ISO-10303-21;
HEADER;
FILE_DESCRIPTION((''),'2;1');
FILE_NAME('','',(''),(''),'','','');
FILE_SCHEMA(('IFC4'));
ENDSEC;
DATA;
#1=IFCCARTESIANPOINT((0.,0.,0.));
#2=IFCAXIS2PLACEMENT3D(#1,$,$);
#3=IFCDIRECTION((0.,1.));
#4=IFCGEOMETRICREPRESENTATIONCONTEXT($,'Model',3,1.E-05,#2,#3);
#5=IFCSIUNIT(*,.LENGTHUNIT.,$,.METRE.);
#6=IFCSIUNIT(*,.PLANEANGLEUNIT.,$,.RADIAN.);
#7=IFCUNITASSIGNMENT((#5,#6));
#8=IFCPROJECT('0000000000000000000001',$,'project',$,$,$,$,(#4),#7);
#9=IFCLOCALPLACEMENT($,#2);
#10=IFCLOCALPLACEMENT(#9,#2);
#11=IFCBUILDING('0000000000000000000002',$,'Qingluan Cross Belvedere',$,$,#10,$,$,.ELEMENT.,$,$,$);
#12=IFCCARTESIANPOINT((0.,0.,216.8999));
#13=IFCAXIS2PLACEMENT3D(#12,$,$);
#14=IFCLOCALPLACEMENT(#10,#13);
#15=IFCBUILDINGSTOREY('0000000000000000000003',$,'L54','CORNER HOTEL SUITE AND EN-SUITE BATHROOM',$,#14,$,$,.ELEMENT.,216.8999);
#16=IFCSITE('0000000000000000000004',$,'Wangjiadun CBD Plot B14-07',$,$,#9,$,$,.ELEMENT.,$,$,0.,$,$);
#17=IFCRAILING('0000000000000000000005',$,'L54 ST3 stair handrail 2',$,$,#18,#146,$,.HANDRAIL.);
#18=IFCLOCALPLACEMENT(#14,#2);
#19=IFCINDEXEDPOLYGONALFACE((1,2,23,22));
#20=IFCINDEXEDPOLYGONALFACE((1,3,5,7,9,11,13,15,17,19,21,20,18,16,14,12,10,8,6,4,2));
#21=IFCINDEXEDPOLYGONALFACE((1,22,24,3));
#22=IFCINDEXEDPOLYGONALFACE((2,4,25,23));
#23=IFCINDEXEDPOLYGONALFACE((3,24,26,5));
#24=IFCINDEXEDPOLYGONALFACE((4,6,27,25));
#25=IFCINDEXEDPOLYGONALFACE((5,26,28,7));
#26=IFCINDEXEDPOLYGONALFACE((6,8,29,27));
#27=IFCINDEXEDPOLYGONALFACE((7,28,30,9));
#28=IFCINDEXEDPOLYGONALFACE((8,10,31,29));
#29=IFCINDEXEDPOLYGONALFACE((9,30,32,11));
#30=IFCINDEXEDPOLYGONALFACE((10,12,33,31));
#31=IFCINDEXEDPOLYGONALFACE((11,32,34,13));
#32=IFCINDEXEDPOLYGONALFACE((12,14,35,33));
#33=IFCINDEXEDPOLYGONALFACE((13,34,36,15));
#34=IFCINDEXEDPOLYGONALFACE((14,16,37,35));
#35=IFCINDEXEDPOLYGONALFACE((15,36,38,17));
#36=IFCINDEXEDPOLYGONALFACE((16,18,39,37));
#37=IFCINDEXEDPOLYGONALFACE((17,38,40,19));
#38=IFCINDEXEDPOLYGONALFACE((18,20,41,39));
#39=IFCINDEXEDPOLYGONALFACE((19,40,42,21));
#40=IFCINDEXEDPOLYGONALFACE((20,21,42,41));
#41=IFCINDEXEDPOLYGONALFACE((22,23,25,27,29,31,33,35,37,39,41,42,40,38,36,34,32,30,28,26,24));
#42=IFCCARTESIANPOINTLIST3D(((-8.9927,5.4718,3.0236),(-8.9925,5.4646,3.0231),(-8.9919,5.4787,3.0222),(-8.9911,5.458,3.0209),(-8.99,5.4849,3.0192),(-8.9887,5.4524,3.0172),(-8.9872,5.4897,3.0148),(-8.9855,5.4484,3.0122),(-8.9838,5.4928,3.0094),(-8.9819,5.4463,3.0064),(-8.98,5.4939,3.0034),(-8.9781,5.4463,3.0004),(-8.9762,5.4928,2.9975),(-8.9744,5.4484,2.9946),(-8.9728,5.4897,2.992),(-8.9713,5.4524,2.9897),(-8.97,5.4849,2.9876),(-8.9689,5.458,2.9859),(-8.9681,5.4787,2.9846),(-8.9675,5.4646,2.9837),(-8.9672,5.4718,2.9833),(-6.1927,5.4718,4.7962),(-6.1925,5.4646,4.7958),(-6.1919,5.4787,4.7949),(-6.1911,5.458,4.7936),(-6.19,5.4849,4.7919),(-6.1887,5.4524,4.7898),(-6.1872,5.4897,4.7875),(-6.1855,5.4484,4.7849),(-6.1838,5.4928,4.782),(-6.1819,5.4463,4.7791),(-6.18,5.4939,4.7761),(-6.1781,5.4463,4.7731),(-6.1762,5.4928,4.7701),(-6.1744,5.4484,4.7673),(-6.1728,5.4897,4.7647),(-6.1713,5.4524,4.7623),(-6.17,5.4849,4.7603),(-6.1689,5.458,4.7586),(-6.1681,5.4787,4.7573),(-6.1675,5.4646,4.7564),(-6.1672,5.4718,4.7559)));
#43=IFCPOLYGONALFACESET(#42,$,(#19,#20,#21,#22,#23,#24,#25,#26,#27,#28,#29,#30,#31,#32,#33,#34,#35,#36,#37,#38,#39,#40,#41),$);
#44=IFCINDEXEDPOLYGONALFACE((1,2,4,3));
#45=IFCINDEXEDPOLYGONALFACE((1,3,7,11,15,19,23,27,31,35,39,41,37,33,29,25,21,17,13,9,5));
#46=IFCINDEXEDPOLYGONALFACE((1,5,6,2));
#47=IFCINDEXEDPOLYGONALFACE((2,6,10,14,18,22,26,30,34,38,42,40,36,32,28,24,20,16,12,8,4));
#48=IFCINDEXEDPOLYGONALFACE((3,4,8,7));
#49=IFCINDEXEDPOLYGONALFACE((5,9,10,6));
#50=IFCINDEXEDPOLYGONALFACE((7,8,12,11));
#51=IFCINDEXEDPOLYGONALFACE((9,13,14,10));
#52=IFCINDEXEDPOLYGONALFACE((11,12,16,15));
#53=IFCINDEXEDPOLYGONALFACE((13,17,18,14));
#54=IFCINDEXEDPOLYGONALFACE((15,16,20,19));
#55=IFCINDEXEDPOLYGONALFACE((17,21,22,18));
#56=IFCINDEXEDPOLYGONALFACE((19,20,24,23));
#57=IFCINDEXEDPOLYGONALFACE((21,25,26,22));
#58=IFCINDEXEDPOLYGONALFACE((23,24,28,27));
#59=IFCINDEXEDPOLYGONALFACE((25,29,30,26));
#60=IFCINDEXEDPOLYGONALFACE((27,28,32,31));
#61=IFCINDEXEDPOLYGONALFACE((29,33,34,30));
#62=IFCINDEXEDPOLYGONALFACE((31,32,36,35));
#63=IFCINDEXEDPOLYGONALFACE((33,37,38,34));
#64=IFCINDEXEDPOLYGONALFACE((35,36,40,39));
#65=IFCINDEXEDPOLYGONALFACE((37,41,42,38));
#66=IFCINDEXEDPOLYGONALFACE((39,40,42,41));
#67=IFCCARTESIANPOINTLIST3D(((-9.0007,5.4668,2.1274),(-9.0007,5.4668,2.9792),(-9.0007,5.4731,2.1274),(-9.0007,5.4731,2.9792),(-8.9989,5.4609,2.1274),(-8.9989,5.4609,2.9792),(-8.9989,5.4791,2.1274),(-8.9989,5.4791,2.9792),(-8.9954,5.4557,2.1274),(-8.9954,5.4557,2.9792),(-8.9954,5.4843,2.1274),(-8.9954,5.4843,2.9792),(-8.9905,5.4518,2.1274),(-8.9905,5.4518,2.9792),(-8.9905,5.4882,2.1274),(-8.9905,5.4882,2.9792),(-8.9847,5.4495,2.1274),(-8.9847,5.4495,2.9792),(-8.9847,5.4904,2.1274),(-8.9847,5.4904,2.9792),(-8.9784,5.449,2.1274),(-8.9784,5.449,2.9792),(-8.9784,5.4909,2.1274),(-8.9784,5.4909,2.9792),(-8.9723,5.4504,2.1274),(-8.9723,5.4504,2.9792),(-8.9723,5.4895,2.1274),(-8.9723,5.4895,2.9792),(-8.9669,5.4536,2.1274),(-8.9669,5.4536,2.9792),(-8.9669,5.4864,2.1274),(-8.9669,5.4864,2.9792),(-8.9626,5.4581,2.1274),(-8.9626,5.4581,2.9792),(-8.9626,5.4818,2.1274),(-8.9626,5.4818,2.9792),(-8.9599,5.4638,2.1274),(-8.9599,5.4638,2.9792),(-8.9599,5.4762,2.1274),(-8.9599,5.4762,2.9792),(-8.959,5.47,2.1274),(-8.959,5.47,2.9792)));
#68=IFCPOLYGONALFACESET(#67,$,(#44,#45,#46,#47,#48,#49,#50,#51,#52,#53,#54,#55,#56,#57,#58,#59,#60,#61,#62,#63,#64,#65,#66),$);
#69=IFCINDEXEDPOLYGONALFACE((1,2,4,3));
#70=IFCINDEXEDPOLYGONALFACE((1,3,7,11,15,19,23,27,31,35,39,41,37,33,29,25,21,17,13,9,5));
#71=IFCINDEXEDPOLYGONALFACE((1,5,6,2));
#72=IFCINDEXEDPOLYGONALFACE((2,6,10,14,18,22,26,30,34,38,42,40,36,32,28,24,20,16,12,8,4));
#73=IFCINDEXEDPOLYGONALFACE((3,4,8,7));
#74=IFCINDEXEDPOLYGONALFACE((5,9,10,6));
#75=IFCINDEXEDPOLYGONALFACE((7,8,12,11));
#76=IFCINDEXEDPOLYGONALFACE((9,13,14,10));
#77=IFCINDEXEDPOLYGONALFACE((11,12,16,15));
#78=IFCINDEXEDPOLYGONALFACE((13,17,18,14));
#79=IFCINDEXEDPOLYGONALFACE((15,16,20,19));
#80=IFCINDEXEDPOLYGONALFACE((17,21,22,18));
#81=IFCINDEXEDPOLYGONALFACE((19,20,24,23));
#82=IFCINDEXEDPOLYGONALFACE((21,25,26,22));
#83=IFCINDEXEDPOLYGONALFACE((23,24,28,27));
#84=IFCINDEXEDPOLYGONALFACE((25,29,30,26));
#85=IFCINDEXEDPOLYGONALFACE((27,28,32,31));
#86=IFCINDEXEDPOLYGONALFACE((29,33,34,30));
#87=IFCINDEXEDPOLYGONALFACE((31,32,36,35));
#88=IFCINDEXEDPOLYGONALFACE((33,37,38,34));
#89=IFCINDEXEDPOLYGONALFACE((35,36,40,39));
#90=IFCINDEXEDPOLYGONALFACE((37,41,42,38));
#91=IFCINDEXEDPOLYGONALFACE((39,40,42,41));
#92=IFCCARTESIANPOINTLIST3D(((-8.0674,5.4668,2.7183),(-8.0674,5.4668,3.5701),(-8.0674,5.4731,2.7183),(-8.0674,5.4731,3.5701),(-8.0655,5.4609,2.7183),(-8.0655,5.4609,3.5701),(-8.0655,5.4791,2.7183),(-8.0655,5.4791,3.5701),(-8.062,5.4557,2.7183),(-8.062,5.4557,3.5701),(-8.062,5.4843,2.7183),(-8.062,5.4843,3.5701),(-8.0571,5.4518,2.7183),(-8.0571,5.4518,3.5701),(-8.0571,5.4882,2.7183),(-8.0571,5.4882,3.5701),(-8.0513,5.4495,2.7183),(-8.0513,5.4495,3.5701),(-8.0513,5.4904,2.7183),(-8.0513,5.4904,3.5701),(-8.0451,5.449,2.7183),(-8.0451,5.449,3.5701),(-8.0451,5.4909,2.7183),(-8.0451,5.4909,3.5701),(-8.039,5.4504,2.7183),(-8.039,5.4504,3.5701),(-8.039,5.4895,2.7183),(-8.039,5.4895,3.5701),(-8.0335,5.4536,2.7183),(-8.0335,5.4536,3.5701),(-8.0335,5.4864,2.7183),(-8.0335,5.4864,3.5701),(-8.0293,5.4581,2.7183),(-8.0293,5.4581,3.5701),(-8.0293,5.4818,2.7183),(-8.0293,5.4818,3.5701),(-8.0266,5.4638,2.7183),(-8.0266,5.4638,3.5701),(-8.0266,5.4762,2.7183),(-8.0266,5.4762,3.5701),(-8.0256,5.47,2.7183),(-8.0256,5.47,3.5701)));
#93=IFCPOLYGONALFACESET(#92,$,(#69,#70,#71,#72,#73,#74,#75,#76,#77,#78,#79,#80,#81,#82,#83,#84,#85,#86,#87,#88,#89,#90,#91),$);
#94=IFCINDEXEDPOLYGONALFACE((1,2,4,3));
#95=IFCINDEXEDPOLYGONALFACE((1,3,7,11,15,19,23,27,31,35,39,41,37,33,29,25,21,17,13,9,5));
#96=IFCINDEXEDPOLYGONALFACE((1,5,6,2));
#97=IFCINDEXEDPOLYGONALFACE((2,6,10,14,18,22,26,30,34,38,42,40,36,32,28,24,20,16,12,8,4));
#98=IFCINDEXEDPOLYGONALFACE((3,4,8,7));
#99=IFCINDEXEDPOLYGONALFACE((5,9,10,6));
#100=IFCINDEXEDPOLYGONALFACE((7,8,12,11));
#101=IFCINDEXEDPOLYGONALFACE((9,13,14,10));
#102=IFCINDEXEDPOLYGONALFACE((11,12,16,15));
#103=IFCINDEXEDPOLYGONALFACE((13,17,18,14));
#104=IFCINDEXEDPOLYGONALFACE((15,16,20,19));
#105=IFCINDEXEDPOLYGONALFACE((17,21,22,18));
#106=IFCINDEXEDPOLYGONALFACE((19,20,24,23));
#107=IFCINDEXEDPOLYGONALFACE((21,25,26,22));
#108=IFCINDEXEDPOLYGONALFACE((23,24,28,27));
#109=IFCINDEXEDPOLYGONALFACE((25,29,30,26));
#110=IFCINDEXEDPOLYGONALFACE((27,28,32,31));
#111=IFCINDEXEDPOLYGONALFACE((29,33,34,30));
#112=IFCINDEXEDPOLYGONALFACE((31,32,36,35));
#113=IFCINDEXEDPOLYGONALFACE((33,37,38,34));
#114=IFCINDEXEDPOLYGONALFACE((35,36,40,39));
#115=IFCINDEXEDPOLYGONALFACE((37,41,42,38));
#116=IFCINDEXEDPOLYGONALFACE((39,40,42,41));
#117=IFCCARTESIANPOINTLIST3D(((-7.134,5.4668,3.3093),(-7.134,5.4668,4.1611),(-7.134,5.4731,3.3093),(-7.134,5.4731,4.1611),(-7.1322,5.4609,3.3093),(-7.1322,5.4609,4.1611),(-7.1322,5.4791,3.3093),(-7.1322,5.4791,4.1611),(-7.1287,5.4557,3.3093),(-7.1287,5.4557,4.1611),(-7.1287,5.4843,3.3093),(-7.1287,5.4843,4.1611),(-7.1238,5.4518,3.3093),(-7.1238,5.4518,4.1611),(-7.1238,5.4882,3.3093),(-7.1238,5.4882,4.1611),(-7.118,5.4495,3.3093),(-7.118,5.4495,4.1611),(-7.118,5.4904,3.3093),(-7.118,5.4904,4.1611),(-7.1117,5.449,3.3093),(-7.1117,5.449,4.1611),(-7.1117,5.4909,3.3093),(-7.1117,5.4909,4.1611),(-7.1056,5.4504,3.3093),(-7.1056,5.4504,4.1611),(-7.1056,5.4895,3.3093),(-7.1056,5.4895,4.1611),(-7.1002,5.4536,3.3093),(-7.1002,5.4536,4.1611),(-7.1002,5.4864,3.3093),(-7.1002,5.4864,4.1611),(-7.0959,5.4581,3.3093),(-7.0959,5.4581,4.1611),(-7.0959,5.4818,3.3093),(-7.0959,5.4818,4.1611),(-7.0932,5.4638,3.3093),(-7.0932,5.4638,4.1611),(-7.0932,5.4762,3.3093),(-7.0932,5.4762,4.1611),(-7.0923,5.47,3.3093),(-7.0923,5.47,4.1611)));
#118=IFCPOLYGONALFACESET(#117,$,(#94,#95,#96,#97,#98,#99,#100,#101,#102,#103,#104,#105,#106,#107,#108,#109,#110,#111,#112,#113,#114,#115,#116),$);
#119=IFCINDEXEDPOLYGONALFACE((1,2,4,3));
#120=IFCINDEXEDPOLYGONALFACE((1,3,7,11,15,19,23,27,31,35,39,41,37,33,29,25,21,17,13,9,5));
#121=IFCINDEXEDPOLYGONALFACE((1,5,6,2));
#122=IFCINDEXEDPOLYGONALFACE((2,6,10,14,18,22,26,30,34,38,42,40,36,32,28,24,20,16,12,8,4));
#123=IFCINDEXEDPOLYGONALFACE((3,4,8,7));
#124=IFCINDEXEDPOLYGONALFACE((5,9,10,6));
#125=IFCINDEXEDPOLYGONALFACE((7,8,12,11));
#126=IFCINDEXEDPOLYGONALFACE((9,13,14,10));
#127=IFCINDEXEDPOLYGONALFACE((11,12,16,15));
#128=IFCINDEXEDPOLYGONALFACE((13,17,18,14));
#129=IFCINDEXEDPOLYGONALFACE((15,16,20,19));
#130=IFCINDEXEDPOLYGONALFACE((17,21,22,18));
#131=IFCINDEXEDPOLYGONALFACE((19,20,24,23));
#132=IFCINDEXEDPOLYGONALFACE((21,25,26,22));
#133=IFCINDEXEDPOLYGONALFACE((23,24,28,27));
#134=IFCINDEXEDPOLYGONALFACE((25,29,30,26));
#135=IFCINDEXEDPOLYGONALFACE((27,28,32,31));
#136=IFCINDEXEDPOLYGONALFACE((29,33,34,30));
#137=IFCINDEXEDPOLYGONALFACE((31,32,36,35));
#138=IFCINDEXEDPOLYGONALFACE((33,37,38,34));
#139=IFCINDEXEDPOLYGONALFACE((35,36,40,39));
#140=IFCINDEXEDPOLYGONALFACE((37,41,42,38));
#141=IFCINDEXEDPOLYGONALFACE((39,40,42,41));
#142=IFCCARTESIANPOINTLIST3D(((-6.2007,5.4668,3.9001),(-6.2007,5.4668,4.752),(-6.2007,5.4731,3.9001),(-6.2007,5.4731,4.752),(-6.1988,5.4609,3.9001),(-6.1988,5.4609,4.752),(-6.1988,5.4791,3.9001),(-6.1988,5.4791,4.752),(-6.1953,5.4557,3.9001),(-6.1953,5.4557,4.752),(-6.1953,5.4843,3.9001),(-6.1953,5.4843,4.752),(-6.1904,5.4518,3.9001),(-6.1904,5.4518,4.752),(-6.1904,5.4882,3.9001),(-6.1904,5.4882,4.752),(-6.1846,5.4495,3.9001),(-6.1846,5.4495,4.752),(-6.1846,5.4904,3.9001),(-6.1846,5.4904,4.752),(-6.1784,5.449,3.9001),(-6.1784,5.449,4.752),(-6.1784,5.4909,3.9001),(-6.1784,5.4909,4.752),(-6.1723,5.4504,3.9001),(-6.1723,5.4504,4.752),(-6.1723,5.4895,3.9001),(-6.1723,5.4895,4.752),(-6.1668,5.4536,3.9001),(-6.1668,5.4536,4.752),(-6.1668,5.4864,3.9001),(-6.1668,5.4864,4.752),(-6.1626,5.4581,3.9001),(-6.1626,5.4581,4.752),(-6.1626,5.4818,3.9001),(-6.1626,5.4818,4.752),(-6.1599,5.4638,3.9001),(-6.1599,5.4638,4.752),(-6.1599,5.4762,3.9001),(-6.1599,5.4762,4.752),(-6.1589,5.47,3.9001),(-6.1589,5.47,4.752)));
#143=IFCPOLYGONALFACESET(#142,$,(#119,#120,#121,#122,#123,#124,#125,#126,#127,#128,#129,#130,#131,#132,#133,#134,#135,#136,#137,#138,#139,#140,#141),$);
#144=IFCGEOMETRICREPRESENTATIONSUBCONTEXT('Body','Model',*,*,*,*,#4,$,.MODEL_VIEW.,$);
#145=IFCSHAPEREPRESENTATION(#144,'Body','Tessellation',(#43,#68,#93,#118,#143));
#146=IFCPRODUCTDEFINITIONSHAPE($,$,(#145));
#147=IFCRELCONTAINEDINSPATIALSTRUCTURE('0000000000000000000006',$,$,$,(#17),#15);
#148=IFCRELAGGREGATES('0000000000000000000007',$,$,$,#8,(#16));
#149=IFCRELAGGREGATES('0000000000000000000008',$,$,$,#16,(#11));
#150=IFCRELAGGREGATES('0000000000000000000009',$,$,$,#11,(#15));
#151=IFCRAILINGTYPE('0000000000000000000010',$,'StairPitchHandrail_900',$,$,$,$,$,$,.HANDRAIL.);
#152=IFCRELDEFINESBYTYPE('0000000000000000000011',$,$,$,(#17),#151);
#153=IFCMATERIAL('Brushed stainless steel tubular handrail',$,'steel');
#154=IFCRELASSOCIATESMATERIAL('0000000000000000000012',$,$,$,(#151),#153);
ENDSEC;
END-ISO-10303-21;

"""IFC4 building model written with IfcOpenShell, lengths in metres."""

from ifc_helpers import new_model, si_unit, direction, frame, origin, origin_2d, place, context, subcontext, project, spatial, circle, extrude, material, type_object, element, save


model = new_model("IFC4")

# Units and contexts
model_context = context("Model", 3, precision=1e-05, world=origin(), true_north=direction((0.0, 1.0)))
body_context = subcontext(model_context, "Body", "Model", "MODEL_VIEW")
ifc_project = project(units=[si_unit("LENGTHUNIT", "METRE"), si_unit("PLANEANGLEUNIT", "RADIAN")], contexts=[model_context])

# Site, building, storey
site_placement = place(None, origin())
site = spatial("IfcSite", under=ifc_project, at=site_placement, Name="Wangjiadun CBD Plot B14-07", CompositionType="ELEMENT", RefElevation=0.0)
building_placement = place(site_placement, origin())
building = spatial("IfcBuilding", under=site, at=building_placement, Name="Qingluan Cross Belvedere", CompositionType="ELEMENT")
storey_placement = place(building_placement, frame((0.0, 0.0, 216.8999)))
storey = spatial("IfcBuildingStorey", under=building, at=storey_placement, Name="L54", Description="CORNER HOTEL SUITE AND EN-SUITE BATHROOM", CompositionType="ELEMENT", Elevation=216.8999)

# Railing
ifc_material_1 = material(Name="Brushed stainless steel tubular handrail", Category="steel")
railing_type_1 = type_object("IfcRailingType", Name="StairPitchHandrail_900", PredefinedType="HANDRAIL", material=ifc_material_1)
railing_1_placement = place(storey_placement, frame((-8.98, 5.47, 2.1274)))
element("IfcRailing", 1, at=railing_1_placement, inside=storey, type_object=railing_type_1, Name="L54 ST3 stair handrail 2", PredefinedType="HANDRAIL", context=body_context, shape_type="SweptSolid", body=[
    extrude(circle(Radius=0.0239, at=origin_2d()), frame((0.0, 0.0, 0.876), z_axis=(0.844909, 0.0, 0.53491), x_axis=(0.0, 1.0, 0.0)), (0.0, 0.0, 1.0), 3.314),
    extrude(circle(Radius=0.021, at=origin_2d()), origin(), (0.0, 0.0, 1.0), 0.8518),
    extrude(circle(Radius=0.021, at=origin_2d()), frame((0.9333, 0.0, 0.5908)), (0.0, 0.0, 1.0), 0.8518),
    extrude(circle(Radius=0.021, at=origin_2d()), frame((1.8667, 0.0, 1.1819)), (0.0, 0.0, 1.0), 0.8518),
    extrude(circle(Radius=0.021, at=origin_2d()), frame((2.8, 0.0, 1.7727)), (0.0, 0.0, 1.0), 0.8518),
])

save(model, "model.ifc")
